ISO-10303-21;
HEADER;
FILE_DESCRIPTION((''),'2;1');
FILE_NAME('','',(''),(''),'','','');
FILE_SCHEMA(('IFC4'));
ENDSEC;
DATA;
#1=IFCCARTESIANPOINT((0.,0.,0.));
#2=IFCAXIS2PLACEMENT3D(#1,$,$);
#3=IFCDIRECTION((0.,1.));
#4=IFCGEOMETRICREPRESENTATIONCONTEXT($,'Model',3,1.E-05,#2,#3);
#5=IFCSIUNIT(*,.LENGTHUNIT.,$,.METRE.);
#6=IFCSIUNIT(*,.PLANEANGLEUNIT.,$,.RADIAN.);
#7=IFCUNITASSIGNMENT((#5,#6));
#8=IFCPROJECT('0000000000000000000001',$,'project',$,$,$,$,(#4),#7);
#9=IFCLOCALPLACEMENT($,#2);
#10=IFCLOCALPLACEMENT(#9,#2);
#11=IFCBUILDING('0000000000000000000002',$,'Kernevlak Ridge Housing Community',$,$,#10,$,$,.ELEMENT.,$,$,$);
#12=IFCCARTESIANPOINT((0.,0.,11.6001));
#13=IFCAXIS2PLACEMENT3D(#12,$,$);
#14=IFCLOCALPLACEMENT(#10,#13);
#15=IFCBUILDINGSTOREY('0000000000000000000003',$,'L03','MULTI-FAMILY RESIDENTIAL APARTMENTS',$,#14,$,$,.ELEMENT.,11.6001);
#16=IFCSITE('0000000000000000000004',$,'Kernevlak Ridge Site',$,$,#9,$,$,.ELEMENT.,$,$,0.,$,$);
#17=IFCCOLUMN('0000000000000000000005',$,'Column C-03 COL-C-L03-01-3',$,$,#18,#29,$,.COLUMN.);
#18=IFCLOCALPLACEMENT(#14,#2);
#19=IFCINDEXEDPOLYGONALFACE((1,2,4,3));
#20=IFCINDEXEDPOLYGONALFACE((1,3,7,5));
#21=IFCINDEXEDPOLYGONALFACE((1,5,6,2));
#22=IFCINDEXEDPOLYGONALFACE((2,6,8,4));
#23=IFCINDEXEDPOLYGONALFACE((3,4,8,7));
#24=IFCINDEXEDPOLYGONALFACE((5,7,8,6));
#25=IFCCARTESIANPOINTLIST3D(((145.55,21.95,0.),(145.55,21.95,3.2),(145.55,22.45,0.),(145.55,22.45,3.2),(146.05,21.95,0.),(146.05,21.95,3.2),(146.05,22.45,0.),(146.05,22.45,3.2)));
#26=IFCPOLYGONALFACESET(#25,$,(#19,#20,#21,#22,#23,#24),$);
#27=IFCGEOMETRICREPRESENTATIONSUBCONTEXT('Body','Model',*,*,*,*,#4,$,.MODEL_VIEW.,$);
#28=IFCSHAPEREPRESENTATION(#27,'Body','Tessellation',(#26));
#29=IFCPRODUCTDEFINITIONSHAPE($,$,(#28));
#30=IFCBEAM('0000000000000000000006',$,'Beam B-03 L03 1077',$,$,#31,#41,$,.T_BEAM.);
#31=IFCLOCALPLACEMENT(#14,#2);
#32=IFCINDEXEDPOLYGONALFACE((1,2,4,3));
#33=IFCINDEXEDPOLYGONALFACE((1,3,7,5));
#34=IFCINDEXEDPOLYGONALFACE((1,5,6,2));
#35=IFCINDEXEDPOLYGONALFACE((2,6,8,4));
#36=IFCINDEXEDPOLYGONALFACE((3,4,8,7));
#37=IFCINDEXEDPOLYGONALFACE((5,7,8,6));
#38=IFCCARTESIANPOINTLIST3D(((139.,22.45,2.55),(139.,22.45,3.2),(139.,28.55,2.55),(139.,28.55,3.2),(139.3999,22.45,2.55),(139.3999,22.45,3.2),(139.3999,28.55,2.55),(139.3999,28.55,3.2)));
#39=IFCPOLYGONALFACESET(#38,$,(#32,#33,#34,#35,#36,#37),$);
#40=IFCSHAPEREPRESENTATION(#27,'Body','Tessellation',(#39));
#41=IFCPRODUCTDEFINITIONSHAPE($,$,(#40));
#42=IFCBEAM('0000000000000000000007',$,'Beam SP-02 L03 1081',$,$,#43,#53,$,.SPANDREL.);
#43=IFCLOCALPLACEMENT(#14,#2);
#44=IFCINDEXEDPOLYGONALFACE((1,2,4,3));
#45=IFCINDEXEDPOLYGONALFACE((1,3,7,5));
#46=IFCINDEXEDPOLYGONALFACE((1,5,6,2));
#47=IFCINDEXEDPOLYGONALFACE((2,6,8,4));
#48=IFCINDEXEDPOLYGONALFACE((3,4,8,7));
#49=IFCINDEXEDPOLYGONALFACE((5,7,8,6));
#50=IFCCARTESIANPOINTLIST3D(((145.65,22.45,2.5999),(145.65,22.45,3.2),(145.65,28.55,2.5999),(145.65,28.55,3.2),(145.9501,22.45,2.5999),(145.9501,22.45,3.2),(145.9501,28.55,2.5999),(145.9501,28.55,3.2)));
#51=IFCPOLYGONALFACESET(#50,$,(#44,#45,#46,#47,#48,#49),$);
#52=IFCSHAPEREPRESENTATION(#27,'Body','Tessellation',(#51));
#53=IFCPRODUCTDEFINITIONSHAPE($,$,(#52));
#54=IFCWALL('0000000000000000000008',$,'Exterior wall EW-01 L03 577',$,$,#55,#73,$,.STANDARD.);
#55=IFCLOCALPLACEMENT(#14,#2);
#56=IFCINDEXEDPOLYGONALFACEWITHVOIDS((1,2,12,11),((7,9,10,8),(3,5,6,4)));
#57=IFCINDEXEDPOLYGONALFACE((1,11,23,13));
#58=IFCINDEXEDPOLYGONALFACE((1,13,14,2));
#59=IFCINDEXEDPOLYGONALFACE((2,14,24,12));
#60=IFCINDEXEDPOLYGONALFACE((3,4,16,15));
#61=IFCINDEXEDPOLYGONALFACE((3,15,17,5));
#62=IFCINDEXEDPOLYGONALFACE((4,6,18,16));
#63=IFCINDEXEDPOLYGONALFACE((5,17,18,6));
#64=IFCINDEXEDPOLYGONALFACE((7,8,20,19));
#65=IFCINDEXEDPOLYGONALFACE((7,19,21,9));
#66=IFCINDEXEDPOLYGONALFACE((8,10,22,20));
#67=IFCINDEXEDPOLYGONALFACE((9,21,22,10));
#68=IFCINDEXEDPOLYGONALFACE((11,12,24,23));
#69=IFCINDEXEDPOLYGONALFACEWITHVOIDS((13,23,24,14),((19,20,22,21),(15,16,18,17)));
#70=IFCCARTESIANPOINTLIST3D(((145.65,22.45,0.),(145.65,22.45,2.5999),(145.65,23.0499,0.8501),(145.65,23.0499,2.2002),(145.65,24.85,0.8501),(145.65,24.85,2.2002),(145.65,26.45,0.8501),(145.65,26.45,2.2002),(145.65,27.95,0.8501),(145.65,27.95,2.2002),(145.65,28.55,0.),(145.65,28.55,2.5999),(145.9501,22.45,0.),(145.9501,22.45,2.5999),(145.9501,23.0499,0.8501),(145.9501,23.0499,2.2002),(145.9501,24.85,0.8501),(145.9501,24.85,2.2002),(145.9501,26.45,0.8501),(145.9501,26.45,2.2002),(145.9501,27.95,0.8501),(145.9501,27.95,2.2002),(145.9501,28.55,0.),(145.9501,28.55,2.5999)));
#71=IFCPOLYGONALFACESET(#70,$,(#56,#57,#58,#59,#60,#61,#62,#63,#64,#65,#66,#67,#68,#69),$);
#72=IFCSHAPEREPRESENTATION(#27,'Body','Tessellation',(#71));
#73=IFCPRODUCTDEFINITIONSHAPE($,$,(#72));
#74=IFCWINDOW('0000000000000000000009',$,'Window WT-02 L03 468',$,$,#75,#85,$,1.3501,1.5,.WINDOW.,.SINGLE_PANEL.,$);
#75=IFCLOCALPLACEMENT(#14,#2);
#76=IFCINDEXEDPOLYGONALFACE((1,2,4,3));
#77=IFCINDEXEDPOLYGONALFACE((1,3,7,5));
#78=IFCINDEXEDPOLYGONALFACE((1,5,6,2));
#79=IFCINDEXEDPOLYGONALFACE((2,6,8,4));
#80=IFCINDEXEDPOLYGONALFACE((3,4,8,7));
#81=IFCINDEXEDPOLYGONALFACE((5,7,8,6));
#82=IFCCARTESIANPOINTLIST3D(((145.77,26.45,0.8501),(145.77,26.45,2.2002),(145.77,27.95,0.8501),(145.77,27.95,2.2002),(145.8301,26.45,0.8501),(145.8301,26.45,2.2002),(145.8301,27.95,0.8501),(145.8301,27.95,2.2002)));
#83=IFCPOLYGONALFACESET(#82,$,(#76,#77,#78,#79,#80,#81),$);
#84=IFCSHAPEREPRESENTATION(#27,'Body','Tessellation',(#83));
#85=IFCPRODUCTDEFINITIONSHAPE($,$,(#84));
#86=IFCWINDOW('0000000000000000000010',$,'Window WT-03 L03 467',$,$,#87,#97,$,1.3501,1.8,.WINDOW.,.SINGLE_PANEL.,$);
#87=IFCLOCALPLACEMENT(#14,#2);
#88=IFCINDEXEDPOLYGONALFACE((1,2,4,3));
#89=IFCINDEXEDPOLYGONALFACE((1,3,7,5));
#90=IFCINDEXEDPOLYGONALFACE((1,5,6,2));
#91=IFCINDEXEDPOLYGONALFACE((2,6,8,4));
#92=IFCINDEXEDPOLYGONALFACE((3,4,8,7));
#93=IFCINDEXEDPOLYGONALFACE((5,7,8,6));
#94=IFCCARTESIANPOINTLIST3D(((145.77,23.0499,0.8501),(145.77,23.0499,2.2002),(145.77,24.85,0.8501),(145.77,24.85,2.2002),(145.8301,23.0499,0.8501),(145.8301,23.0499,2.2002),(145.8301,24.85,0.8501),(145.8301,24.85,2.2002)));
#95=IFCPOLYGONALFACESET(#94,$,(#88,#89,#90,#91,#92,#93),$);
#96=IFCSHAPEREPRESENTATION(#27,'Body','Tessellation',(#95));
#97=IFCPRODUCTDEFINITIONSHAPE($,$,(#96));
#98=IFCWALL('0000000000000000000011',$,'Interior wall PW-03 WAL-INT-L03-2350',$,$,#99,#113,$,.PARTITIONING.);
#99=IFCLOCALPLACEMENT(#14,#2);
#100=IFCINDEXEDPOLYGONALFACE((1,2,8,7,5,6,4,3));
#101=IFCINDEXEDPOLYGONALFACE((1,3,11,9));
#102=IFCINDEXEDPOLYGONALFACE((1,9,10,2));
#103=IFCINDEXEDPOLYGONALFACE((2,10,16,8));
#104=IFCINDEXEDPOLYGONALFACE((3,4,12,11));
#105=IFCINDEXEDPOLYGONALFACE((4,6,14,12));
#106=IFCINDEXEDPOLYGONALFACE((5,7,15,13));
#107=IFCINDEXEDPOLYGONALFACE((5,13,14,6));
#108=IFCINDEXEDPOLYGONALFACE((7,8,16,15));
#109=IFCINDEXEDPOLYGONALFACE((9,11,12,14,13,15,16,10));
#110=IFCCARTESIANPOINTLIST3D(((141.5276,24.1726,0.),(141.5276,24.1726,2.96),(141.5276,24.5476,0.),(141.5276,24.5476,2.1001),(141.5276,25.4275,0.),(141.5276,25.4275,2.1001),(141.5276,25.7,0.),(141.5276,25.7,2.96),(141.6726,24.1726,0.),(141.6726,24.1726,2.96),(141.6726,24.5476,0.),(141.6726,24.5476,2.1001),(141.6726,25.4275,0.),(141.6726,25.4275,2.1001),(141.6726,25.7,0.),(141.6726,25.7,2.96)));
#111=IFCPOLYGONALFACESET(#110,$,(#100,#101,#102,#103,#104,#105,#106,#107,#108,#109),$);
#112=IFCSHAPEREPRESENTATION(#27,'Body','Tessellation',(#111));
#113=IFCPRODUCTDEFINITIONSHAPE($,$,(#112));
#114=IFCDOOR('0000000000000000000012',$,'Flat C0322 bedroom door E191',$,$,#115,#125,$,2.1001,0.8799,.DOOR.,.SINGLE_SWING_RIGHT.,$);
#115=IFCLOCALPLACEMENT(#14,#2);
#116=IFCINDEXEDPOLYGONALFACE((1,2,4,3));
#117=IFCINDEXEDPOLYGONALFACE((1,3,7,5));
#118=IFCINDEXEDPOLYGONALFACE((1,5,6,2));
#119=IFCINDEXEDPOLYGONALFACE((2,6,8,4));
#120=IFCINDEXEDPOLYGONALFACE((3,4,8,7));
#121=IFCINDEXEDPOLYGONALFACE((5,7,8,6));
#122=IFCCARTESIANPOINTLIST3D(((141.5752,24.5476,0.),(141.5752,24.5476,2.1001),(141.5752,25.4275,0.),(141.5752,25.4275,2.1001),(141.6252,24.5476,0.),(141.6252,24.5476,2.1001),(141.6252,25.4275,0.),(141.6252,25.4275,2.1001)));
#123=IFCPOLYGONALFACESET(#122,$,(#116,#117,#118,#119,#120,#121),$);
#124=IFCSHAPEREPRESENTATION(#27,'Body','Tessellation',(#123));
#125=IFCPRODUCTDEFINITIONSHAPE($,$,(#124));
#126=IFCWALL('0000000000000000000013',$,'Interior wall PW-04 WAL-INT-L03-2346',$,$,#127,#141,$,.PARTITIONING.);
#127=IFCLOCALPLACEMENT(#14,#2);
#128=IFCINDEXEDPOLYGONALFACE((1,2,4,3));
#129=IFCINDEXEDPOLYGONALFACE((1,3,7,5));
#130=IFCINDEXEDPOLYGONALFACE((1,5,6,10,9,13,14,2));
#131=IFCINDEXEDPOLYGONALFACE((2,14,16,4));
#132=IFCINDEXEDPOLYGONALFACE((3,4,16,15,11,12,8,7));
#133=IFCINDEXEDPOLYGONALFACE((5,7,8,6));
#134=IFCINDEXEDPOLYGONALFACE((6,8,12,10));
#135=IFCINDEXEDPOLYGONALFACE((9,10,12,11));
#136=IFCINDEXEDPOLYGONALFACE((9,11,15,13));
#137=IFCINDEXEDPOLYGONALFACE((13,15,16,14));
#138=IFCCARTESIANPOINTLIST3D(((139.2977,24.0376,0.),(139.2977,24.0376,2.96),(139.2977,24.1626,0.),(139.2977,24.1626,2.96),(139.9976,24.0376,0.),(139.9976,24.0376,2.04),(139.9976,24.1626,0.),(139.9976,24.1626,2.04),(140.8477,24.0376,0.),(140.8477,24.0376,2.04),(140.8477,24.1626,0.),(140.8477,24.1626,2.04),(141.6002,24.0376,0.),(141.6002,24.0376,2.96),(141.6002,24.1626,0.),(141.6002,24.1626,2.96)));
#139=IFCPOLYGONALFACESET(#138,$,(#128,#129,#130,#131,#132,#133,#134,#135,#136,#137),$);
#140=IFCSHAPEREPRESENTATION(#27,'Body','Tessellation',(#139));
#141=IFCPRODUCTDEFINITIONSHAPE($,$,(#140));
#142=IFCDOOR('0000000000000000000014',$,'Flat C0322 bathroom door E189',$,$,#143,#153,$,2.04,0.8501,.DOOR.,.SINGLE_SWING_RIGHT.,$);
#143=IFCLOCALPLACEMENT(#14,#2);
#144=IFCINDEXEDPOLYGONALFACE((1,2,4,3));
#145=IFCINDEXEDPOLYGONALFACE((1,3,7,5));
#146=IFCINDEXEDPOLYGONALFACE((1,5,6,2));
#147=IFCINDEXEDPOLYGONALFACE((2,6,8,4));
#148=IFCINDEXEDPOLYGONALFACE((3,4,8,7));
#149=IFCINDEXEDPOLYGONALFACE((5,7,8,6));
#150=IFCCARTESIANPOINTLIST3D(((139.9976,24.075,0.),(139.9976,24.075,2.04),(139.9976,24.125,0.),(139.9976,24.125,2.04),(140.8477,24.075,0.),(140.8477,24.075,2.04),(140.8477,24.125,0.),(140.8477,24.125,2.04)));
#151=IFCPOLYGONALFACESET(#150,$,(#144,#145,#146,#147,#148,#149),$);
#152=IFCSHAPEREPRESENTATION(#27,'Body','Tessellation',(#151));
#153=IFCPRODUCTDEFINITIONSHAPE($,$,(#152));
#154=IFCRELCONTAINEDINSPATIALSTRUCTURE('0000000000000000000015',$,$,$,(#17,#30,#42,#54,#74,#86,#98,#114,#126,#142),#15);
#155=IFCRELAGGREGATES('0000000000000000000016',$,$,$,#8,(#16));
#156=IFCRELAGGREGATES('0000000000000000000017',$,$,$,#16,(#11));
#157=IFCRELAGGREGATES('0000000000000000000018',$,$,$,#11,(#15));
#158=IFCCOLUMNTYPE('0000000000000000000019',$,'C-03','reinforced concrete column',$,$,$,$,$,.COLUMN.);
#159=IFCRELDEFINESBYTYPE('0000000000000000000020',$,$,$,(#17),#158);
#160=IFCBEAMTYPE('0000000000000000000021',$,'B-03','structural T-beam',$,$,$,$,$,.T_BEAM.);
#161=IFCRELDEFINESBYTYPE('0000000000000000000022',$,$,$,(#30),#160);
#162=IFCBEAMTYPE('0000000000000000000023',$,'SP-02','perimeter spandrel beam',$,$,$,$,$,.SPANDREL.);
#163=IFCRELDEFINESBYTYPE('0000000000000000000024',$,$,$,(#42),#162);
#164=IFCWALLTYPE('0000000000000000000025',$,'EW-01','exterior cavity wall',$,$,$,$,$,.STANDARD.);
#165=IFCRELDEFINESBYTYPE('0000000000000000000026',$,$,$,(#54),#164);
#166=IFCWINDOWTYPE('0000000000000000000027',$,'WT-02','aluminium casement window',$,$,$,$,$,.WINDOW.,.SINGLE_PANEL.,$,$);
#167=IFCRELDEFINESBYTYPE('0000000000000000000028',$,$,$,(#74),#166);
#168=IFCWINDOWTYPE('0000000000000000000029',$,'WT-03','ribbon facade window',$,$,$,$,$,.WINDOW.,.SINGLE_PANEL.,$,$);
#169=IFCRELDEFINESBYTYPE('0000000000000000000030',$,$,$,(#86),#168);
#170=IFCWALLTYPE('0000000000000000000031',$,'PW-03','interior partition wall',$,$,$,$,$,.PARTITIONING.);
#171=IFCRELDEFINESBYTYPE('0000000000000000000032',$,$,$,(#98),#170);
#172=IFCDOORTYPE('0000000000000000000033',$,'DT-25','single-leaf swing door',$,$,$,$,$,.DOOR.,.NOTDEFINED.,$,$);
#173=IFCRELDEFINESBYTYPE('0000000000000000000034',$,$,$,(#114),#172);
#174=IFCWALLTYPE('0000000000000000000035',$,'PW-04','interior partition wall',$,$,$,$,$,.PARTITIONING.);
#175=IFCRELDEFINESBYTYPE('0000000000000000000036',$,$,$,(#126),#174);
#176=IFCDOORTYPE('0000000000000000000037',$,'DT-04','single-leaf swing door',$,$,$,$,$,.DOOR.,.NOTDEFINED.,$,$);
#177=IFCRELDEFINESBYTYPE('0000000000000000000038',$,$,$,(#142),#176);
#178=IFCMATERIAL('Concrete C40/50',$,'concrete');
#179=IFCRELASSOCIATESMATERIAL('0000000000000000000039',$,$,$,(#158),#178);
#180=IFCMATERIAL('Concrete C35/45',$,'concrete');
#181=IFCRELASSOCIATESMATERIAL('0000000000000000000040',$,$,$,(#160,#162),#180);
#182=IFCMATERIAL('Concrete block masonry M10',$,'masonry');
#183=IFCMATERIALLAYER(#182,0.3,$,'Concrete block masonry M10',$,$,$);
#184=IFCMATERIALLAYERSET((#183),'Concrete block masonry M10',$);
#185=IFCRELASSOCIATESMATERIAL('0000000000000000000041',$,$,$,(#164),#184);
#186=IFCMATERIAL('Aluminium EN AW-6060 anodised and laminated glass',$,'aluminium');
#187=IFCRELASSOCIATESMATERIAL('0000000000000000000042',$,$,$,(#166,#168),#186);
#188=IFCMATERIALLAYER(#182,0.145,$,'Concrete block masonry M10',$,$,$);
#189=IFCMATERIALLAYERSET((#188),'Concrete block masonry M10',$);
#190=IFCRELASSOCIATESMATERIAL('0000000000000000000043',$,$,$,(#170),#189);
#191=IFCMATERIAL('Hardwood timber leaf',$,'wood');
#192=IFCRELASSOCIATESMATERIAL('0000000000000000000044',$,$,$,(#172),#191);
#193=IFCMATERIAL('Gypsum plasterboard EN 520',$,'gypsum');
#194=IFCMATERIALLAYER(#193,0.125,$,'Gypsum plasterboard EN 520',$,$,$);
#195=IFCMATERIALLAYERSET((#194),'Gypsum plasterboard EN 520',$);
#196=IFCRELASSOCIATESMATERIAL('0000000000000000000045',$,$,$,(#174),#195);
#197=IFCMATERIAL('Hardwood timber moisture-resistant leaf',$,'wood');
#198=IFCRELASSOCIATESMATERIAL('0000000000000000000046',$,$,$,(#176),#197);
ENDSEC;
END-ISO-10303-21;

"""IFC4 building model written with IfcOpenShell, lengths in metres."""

from ifc_helpers import new_model, si_unit, direction, frame, frame_2d, origin, origin_2d, place, context, subcontext, project, spatial, rectangle, extrude, material, layer, layer_set, material_profile, profile_set, type_object, element, fill, save


model = new_model("IFC4")

# Units and contexts
model_context = context("Model", 3, precision=1e-05, world=origin(), true_north=direction((0.0, 1.0)))
body_context = subcontext(model_context, "Body", "Model", "MODEL_VIEW")
ifc_project = project(units=[si_unit("LENGTHUNIT", "METRE"), si_unit("PLANEANGLEUNIT", "RADIAN")], contexts=[model_context])

# Site, building, storey
site_placement = place(None, origin())
site = spatial("IfcSite", under=ifc_project, at=site_placement, Name="Kernevlak Ridge Site", CompositionType="ELEMENT", RefElevation=0.0)
building_placement = place(site_placement, origin())
building = spatial("IfcBuilding", under=site, at=building_placement, Name="Kernevlak Ridge Housing Community", CompositionType="ELEMENT")
storey_placement = place(building_placement, frame((0.0, 0.0, 11.6001)))
storey = spatial("IfcBuildingStorey", under=building, at=storey_placement, Name="L03", Description="MULTI-FAMILY RESIDENTIAL APARTMENTS", CompositionType="ELEMENT", Elevation=11.6001)

# Column
ifc_material_1 = material(Name="Concrete C40/50", Category="concrete")
ifc_material_profile_1 = material_profile(ifc_material_1, rectangle(XDim=0.5, YDim=0.5, at=origin_2d()), Name="RC 500x500")
ifc_profile_set_1 = profile_set([ifc_material_profile_1], Name="Concrete C40/50")
column_type = type_object("IfcColumnType", Name="C-03", Description="reinforced concrete column", PredefinedType="COLUMN", material=ifc_profile_set_1)
column_placement = place(storey_placement, frame((145.8, 22.2, 0.0), z_axis=(0.0, 0.0, 1.0), x_axis=(1.0, 0.0, 0.0)))
element("IfcColumn", 1, at=column_placement, inside=storey, type_object=column_type, Name="Column C-03 COL-C-L03-01-3", PredefinedType="COLUMN", context=body_context, shape_type="SweptSolid", body=[
    extrude(rectangle(XDim=0.5, YDim=0.5, at=origin_2d()), origin(), (0.0, 0.0, 1.0), 3.2),
])

# Beams
ifc_material_2 = material(Name="Concrete C35/45", Category="concrete")
ifc_material_profile_2 = material_profile(ifc_material_2, rectangle(XDim=0.3999, YDim=0.6499, at=origin_2d()), Name="RC 400x650")
ifc_profile_set_2 = profile_set([ifc_material_profile_2], Name="Concrete C35/45")
beam_type_1 = type_object("IfcBeamType", Name="B-03", Description="structural T-beam", PredefinedType="T_BEAM", material=ifc_profile_set_2)
beam_1_placement = place(storey_placement, frame((139.2, 22.45, 2.875), z_axis=(0.0, 1.0, 0.0), x_axis=(-1.0, 0.0, 0.0)))
element("IfcBeam", 2, at=beam_1_placement, inside=storey, type_object=beam_type_1, Name="Beam B-03 L03 1077", PredefinedType="T_BEAM", context=body_context, shape_type="SweptSolid", body=[
    extrude(rectangle(XDim=0.3999, YDim=0.6499, at=origin_2d()), origin(), (0.0, 0.0, 1.0), 6.1001),
])
ifc_material_profile_3 = material_profile(ifc_material_2, rectangle(XDim=0.3, YDim=0.6001, at=origin_2d()), Name="RC 300x600")
ifc_profile_set_3 = profile_set([ifc_material_profile_3], Name="Concrete C35/45")
beam_type_2 = type_object("IfcBeamType", Name="SP-02", Description="perimeter spandrel beam", PredefinedType="SPANDREL", material=ifc_profile_set_3)
beam_2_placement = place(storey_placement, frame((145.8, 22.45, 2.8999), z_axis=(0.0, 1.0, 0.0), x_axis=(-1.0, 0.0, 0.0)))
element("IfcBeam", 3, at=beam_2_placement, inside=storey, type_object=beam_type_2, Name="Beam SP-02 L03 1081", PredefinedType="SPANDREL", context=body_context, shape_type="SweptSolid", body=[
    extrude(rectangle(XDim=0.3, YDim=0.6001, at=origin_2d()), origin(), (0.0, 0.0, 1.0), 6.1001),
])

# Wall, openings, windows
ifc_material_3 = material(Name="Concrete block masonry M10", Category="masonry")
ifc_layer_1 = layer(ifc_material_3, 0.3, Name="Concrete block masonry M10")
ifc_layer_set_1 = layer_set([ifc_layer_1], Name="Concrete block masonry M10")
wall_type_1 = type_object("IfcWallType", Name="EW-01", Description="exterior cavity wall", PredefinedType="STANDARD", material=ifc_layer_set_1)
wall_1_placement = place(storey_placement, frame((145.8, 22.45, 0.0), z_axis=(0.0, 0.0, 1.0), x_axis=(0.0, 1.0, 0.0)))
wall_1 = element("IfcWall", 4, at=wall_1_placement, inside=storey, type_object=wall_type_1, Name="Exterior wall EW-01 L03 577", PredefinedType="STANDARD", context=body_context, shape_type="SweptSolid", body=[
    extrude(rectangle(XDim=6.1001, YDim=0.3, at=frame_2d((3.05, 0.0))), origin(), (0.0, 0.0, 1.0), 2.5999),
])
opening_1_placement = place(wall_1_placement, frame((0.6001, 0.0, 0.8501)))
opening_1 = element("IfcOpeningElement", 5, at=opening_1_placement, cuts=wall_1, PredefinedType="OPENING", context=body_context, shape_type="SweptSolid", body=[
    extrude(rectangle(XDim=1.8, YDim=1.3501, at=frame_2d((0.8999, 0.675))), frame((0.0, 0.1599, 0.0), z_axis=(0.0, -1.0, 0.0), x_axis=(1.0, 0.0, 0.0)), (0.0, 0.0, 1.0), 0.3201),
])
opening_2_placement = place(wall_1_placement, frame((4.0, 0.0, 0.8501)))
opening_2 = element("IfcOpeningElement", 6, at=opening_2_placement, cuts=wall_1, PredefinedType="OPENING", context=body_context, shape_type="SweptSolid", body=[
    extrude(rectangle(XDim=1.5, YDim=1.3501, at=frame_2d((0.75, 0.675))), frame((0.0, 0.1599, 0.0), z_axis=(0.0, -1.0, 0.0), x_axis=(1.0, 0.0, 0.0)), (0.0, 0.0, 1.0), 0.3201),
])
ifc_material_4 = material(Name="Aluminium EN AW-6060 anodised and laminated glass", Category="aluminium")
window_type_1 = type_object("IfcWindowType", Name="WT-02", Description="aluminium casement window", PartitioningType="SINGLE_PANEL", PredefinedType="WINDOW", material=ifc_material_4)
window_1_placement = place(opening_2_placement, origin())
window_1 = element("IfcWindow", 7, at=window_1_placement, inside=storey, type_object=window_type_1, Name="Window WT-02 L03 468", OverallHeight=1.3501, OverallWidth=1.5, PartitioningType="SINGLE_PANEL", PredefinedType="WINDOW", context=body_context, shape_type="SweptSolid", body=[
    extrude(rectangle(XDim=1.5, YDim=1.3501, at=frame_2d((0.75, 0.675))), frame((0.0, 0.03, 0.0), z_axis=(0.0, -1.0, 0.0), x_axis=(1.0, 0.0, 0.0)), (0.0, 0.0, 1.0), 0.0601),
])
fill(opening_2, window_1)
window_type_2 = type_object("IfcWindowType", Name="WT-03", Description="ribbon facade window", PartitioningType="SINGLE_PANEL", PredefinedType="WINDOW", material=ifc_material_4)
window_2_placement = place(opening_1_placement, origin())
window_2 = element("IfcWindow", 8, at=window_2_placement, inside=storey, type_object=window_type_2, Name="Window WT-03 L03 467", OverallHeight=1.3501, OverallWidth=1.8, PartitioningType="SINGLE_PANEL", PredefinedType="WINDOW", context=body_context, shape_type="SweptSolid", body=[
    extrude(rectangle(XDim=1.8, YDim=1.3501, at=frame_2d((0.8999, 0.675))), frame((0.0, 0.03, 0.0), z_axis=(0.0, -1.0, 0.0), x_axis=(1.0, 0.0, 0.0)), (0.0, 0.0, 1.0), 0.0601),
])
fill(opening_1, window_2)

# Walls, openings, doors
ifc_layer_2 = layer(ifc_material_3, 0.145, Name="Concrete block masonry M10")
ifc_layer_set_2 = layer_set([ifc_layer_2], Name="Concrete block masonry M10")
wall_type_2 = type_object("IfcWallType", Name="PW-03", Description="interior partition wall", PredefinedType="PARTITIONING", material=ifc_layer_set_2)
wall_2_placement = place(storey_placement, frame((141.6001, 24.1726, 0.0), z_axis=(0.0, 0.0, 1.0), x_axis=(0.0, 1.0, 0.0)))
wall_2 = element("IfcWall", 9, at=wall_2_placement, inside=storey, type_object=wall_type_2, Name="Interior wall PW-03 WAL-INT-L03-2350", PredefinedType="PARTITIONING", context=body_context, shape_type="SweptSolid", body=[
    extrude(rectangle(XDim=1.5273, YDim=0.145, at=frame_2d((0.7637, 0.0))), origin(), (0.0, 0.0, 1.0), 2.96),
])
opening_3_placement = place(wall_2_placement, frame((0.375, 0.0, 0.0)))
opening_3 = element("IfcOpeningElement", 10, at=opening_3_placement, cuts=wall_2, PredefinedType="OPENING", context=body_context, shape_type="SweptSolid", body=[
    extrude(rectangle(XDim=0.8799, YDim=2.1001, at=frame_2d((0.4399, 1.05))), frame((0.0, 0.0825, 0.0), z_axis=(0.0, -1.0, 0.0), x_axis=(1.0, 0.0, 0.0)), (0.0, 0.0, 1.0), 0.165),
])
ifc_material_5 = material(Name="Hardwood timber leaf", Category="wood")
door_type_1 = type_object("IfcDoorType", Name="DT-25", Description="single-leaf swing door", OperationType="NOTDEFINED", PredefinedType="DOOR", material=ifc_material_5)
door_1_placement = place(opening_3_placement, origin())
door_1 = element("IfcDoor", 11, at=door_1_placement, inside=storey, type_object=door_type_1, Name="Flat C0322 bedroom door E191", OperationType="SINGLE_SWING_RIGHT", OverallHeight=2.1001, OverallWidth=0.8799, PredefinedType="DOOR", context=body_context, shape_type="SweptSolid", body=[
    extrude(rectangle(XDim=0.8799, YDim=2.1001, at=frame_2d((0.4399, 1.05))), frame((0.0, 0.0249, 0.0), z_axis=(0.0, -1.0, 0.0), x_axis=(1.0, 0.0, 0.0)), (0.0, 0.0, 1.0), 0.05),
])
fill(opening_3, door_1)
ifc_material_6 = material(Name="Gypsum plasterboard EN 520", Category="gypsum")
ifc_layer_3 = layer(ifc_material_6, 0.125, Name="Gypsum plasterboard EN 520")
ifc_layer_set_3 = layer_set([ifc_layer_3], Name="Gypsum plasterboard EN 520")
wall_type_3 = type_object("IfcWallType", Name="PW-04", Description="interior partition wall", PredefinedType="PARTITIONING", material=ifc_layer_set_3)
wall_3_placement = place(storey_placement, frame((139.2976, 24.1001, 0.0), z_axis=(0.0, 0.0, 1.0), x_axis=(1.0, 0.0, 0.0)))
wall_3 = element("IfcWall", 12, at=wall_3_placement, inside=storey, type_object=wall_type_3, Name="Interior wall PW-04 WAL-INT-L03-2346", PredefinedType="PARTITIONING", context=body_context, shape_type="SweptSolid", body=[
    extrude(rectangle(XDim=2.3025, YDim=0.125, at=frame_2d((1.1514, 0.0))), origin(), (0.0, 0.0, 1.0), 2.96),
])
opening_4_placement = place(wall_3_placement, frame((0.7, 0.0, 0.0)))
opening_4 = element("IfcOpeningElement", 13, at=opening_4_placement, cuts=wall_3, PredefinedType="OPENING", context=body_context, shape_type="SweptSolid", body=[
    extrude(rectangle(XDim=0.8501, YDim=2.04, at=frame_2d((0.425, 1.02))), frame((0.0, 0.0725, 0.0), z_axis=(0.0, -1.0, 0.0), x_axis=(1.0, 0.0, 0.0)), (0.0, 0.0, 1.0), 0.145),
])
ifc_material_7 = material(Name="Hardwood timber moisture-resistant leaf", Category="wood")
door_type_2 = type_object("IfcDoorType", Name="DT-04", Description="single-leaf swing door", OperationType="NOTDEFINED", PredefinedType="DOOR", material=ifc_material_7)
door_2_placement = place(opening_4_placement, origin())
door_2 = element("IfcDoor", 14, at=door_2_placement, inside=storey, type_object=door_type_2, Name="Flat C0322 bathroom door E189", OperationType="SINGLE_SWING_RIGHT", OverallHeight=2.04, OverallWidth=0.8501, PredefinedType="DOOR", context=body_context, shape_type="SweptSolid", body=[
    extrude(rectangle(XDim=0.8501, YDim=2.04, at=frame_2d((0.425, 1.02))), frame((0.0, 0.0249, 0.0), z_axis=(0.0, -1.0, 0.0), x_axis=(1.0, 0.0, 0.0)), (0.0, 0.0, 1.0), 0.05),
])
fill(opening_4, door_2)

save(model, "model.ifc")
